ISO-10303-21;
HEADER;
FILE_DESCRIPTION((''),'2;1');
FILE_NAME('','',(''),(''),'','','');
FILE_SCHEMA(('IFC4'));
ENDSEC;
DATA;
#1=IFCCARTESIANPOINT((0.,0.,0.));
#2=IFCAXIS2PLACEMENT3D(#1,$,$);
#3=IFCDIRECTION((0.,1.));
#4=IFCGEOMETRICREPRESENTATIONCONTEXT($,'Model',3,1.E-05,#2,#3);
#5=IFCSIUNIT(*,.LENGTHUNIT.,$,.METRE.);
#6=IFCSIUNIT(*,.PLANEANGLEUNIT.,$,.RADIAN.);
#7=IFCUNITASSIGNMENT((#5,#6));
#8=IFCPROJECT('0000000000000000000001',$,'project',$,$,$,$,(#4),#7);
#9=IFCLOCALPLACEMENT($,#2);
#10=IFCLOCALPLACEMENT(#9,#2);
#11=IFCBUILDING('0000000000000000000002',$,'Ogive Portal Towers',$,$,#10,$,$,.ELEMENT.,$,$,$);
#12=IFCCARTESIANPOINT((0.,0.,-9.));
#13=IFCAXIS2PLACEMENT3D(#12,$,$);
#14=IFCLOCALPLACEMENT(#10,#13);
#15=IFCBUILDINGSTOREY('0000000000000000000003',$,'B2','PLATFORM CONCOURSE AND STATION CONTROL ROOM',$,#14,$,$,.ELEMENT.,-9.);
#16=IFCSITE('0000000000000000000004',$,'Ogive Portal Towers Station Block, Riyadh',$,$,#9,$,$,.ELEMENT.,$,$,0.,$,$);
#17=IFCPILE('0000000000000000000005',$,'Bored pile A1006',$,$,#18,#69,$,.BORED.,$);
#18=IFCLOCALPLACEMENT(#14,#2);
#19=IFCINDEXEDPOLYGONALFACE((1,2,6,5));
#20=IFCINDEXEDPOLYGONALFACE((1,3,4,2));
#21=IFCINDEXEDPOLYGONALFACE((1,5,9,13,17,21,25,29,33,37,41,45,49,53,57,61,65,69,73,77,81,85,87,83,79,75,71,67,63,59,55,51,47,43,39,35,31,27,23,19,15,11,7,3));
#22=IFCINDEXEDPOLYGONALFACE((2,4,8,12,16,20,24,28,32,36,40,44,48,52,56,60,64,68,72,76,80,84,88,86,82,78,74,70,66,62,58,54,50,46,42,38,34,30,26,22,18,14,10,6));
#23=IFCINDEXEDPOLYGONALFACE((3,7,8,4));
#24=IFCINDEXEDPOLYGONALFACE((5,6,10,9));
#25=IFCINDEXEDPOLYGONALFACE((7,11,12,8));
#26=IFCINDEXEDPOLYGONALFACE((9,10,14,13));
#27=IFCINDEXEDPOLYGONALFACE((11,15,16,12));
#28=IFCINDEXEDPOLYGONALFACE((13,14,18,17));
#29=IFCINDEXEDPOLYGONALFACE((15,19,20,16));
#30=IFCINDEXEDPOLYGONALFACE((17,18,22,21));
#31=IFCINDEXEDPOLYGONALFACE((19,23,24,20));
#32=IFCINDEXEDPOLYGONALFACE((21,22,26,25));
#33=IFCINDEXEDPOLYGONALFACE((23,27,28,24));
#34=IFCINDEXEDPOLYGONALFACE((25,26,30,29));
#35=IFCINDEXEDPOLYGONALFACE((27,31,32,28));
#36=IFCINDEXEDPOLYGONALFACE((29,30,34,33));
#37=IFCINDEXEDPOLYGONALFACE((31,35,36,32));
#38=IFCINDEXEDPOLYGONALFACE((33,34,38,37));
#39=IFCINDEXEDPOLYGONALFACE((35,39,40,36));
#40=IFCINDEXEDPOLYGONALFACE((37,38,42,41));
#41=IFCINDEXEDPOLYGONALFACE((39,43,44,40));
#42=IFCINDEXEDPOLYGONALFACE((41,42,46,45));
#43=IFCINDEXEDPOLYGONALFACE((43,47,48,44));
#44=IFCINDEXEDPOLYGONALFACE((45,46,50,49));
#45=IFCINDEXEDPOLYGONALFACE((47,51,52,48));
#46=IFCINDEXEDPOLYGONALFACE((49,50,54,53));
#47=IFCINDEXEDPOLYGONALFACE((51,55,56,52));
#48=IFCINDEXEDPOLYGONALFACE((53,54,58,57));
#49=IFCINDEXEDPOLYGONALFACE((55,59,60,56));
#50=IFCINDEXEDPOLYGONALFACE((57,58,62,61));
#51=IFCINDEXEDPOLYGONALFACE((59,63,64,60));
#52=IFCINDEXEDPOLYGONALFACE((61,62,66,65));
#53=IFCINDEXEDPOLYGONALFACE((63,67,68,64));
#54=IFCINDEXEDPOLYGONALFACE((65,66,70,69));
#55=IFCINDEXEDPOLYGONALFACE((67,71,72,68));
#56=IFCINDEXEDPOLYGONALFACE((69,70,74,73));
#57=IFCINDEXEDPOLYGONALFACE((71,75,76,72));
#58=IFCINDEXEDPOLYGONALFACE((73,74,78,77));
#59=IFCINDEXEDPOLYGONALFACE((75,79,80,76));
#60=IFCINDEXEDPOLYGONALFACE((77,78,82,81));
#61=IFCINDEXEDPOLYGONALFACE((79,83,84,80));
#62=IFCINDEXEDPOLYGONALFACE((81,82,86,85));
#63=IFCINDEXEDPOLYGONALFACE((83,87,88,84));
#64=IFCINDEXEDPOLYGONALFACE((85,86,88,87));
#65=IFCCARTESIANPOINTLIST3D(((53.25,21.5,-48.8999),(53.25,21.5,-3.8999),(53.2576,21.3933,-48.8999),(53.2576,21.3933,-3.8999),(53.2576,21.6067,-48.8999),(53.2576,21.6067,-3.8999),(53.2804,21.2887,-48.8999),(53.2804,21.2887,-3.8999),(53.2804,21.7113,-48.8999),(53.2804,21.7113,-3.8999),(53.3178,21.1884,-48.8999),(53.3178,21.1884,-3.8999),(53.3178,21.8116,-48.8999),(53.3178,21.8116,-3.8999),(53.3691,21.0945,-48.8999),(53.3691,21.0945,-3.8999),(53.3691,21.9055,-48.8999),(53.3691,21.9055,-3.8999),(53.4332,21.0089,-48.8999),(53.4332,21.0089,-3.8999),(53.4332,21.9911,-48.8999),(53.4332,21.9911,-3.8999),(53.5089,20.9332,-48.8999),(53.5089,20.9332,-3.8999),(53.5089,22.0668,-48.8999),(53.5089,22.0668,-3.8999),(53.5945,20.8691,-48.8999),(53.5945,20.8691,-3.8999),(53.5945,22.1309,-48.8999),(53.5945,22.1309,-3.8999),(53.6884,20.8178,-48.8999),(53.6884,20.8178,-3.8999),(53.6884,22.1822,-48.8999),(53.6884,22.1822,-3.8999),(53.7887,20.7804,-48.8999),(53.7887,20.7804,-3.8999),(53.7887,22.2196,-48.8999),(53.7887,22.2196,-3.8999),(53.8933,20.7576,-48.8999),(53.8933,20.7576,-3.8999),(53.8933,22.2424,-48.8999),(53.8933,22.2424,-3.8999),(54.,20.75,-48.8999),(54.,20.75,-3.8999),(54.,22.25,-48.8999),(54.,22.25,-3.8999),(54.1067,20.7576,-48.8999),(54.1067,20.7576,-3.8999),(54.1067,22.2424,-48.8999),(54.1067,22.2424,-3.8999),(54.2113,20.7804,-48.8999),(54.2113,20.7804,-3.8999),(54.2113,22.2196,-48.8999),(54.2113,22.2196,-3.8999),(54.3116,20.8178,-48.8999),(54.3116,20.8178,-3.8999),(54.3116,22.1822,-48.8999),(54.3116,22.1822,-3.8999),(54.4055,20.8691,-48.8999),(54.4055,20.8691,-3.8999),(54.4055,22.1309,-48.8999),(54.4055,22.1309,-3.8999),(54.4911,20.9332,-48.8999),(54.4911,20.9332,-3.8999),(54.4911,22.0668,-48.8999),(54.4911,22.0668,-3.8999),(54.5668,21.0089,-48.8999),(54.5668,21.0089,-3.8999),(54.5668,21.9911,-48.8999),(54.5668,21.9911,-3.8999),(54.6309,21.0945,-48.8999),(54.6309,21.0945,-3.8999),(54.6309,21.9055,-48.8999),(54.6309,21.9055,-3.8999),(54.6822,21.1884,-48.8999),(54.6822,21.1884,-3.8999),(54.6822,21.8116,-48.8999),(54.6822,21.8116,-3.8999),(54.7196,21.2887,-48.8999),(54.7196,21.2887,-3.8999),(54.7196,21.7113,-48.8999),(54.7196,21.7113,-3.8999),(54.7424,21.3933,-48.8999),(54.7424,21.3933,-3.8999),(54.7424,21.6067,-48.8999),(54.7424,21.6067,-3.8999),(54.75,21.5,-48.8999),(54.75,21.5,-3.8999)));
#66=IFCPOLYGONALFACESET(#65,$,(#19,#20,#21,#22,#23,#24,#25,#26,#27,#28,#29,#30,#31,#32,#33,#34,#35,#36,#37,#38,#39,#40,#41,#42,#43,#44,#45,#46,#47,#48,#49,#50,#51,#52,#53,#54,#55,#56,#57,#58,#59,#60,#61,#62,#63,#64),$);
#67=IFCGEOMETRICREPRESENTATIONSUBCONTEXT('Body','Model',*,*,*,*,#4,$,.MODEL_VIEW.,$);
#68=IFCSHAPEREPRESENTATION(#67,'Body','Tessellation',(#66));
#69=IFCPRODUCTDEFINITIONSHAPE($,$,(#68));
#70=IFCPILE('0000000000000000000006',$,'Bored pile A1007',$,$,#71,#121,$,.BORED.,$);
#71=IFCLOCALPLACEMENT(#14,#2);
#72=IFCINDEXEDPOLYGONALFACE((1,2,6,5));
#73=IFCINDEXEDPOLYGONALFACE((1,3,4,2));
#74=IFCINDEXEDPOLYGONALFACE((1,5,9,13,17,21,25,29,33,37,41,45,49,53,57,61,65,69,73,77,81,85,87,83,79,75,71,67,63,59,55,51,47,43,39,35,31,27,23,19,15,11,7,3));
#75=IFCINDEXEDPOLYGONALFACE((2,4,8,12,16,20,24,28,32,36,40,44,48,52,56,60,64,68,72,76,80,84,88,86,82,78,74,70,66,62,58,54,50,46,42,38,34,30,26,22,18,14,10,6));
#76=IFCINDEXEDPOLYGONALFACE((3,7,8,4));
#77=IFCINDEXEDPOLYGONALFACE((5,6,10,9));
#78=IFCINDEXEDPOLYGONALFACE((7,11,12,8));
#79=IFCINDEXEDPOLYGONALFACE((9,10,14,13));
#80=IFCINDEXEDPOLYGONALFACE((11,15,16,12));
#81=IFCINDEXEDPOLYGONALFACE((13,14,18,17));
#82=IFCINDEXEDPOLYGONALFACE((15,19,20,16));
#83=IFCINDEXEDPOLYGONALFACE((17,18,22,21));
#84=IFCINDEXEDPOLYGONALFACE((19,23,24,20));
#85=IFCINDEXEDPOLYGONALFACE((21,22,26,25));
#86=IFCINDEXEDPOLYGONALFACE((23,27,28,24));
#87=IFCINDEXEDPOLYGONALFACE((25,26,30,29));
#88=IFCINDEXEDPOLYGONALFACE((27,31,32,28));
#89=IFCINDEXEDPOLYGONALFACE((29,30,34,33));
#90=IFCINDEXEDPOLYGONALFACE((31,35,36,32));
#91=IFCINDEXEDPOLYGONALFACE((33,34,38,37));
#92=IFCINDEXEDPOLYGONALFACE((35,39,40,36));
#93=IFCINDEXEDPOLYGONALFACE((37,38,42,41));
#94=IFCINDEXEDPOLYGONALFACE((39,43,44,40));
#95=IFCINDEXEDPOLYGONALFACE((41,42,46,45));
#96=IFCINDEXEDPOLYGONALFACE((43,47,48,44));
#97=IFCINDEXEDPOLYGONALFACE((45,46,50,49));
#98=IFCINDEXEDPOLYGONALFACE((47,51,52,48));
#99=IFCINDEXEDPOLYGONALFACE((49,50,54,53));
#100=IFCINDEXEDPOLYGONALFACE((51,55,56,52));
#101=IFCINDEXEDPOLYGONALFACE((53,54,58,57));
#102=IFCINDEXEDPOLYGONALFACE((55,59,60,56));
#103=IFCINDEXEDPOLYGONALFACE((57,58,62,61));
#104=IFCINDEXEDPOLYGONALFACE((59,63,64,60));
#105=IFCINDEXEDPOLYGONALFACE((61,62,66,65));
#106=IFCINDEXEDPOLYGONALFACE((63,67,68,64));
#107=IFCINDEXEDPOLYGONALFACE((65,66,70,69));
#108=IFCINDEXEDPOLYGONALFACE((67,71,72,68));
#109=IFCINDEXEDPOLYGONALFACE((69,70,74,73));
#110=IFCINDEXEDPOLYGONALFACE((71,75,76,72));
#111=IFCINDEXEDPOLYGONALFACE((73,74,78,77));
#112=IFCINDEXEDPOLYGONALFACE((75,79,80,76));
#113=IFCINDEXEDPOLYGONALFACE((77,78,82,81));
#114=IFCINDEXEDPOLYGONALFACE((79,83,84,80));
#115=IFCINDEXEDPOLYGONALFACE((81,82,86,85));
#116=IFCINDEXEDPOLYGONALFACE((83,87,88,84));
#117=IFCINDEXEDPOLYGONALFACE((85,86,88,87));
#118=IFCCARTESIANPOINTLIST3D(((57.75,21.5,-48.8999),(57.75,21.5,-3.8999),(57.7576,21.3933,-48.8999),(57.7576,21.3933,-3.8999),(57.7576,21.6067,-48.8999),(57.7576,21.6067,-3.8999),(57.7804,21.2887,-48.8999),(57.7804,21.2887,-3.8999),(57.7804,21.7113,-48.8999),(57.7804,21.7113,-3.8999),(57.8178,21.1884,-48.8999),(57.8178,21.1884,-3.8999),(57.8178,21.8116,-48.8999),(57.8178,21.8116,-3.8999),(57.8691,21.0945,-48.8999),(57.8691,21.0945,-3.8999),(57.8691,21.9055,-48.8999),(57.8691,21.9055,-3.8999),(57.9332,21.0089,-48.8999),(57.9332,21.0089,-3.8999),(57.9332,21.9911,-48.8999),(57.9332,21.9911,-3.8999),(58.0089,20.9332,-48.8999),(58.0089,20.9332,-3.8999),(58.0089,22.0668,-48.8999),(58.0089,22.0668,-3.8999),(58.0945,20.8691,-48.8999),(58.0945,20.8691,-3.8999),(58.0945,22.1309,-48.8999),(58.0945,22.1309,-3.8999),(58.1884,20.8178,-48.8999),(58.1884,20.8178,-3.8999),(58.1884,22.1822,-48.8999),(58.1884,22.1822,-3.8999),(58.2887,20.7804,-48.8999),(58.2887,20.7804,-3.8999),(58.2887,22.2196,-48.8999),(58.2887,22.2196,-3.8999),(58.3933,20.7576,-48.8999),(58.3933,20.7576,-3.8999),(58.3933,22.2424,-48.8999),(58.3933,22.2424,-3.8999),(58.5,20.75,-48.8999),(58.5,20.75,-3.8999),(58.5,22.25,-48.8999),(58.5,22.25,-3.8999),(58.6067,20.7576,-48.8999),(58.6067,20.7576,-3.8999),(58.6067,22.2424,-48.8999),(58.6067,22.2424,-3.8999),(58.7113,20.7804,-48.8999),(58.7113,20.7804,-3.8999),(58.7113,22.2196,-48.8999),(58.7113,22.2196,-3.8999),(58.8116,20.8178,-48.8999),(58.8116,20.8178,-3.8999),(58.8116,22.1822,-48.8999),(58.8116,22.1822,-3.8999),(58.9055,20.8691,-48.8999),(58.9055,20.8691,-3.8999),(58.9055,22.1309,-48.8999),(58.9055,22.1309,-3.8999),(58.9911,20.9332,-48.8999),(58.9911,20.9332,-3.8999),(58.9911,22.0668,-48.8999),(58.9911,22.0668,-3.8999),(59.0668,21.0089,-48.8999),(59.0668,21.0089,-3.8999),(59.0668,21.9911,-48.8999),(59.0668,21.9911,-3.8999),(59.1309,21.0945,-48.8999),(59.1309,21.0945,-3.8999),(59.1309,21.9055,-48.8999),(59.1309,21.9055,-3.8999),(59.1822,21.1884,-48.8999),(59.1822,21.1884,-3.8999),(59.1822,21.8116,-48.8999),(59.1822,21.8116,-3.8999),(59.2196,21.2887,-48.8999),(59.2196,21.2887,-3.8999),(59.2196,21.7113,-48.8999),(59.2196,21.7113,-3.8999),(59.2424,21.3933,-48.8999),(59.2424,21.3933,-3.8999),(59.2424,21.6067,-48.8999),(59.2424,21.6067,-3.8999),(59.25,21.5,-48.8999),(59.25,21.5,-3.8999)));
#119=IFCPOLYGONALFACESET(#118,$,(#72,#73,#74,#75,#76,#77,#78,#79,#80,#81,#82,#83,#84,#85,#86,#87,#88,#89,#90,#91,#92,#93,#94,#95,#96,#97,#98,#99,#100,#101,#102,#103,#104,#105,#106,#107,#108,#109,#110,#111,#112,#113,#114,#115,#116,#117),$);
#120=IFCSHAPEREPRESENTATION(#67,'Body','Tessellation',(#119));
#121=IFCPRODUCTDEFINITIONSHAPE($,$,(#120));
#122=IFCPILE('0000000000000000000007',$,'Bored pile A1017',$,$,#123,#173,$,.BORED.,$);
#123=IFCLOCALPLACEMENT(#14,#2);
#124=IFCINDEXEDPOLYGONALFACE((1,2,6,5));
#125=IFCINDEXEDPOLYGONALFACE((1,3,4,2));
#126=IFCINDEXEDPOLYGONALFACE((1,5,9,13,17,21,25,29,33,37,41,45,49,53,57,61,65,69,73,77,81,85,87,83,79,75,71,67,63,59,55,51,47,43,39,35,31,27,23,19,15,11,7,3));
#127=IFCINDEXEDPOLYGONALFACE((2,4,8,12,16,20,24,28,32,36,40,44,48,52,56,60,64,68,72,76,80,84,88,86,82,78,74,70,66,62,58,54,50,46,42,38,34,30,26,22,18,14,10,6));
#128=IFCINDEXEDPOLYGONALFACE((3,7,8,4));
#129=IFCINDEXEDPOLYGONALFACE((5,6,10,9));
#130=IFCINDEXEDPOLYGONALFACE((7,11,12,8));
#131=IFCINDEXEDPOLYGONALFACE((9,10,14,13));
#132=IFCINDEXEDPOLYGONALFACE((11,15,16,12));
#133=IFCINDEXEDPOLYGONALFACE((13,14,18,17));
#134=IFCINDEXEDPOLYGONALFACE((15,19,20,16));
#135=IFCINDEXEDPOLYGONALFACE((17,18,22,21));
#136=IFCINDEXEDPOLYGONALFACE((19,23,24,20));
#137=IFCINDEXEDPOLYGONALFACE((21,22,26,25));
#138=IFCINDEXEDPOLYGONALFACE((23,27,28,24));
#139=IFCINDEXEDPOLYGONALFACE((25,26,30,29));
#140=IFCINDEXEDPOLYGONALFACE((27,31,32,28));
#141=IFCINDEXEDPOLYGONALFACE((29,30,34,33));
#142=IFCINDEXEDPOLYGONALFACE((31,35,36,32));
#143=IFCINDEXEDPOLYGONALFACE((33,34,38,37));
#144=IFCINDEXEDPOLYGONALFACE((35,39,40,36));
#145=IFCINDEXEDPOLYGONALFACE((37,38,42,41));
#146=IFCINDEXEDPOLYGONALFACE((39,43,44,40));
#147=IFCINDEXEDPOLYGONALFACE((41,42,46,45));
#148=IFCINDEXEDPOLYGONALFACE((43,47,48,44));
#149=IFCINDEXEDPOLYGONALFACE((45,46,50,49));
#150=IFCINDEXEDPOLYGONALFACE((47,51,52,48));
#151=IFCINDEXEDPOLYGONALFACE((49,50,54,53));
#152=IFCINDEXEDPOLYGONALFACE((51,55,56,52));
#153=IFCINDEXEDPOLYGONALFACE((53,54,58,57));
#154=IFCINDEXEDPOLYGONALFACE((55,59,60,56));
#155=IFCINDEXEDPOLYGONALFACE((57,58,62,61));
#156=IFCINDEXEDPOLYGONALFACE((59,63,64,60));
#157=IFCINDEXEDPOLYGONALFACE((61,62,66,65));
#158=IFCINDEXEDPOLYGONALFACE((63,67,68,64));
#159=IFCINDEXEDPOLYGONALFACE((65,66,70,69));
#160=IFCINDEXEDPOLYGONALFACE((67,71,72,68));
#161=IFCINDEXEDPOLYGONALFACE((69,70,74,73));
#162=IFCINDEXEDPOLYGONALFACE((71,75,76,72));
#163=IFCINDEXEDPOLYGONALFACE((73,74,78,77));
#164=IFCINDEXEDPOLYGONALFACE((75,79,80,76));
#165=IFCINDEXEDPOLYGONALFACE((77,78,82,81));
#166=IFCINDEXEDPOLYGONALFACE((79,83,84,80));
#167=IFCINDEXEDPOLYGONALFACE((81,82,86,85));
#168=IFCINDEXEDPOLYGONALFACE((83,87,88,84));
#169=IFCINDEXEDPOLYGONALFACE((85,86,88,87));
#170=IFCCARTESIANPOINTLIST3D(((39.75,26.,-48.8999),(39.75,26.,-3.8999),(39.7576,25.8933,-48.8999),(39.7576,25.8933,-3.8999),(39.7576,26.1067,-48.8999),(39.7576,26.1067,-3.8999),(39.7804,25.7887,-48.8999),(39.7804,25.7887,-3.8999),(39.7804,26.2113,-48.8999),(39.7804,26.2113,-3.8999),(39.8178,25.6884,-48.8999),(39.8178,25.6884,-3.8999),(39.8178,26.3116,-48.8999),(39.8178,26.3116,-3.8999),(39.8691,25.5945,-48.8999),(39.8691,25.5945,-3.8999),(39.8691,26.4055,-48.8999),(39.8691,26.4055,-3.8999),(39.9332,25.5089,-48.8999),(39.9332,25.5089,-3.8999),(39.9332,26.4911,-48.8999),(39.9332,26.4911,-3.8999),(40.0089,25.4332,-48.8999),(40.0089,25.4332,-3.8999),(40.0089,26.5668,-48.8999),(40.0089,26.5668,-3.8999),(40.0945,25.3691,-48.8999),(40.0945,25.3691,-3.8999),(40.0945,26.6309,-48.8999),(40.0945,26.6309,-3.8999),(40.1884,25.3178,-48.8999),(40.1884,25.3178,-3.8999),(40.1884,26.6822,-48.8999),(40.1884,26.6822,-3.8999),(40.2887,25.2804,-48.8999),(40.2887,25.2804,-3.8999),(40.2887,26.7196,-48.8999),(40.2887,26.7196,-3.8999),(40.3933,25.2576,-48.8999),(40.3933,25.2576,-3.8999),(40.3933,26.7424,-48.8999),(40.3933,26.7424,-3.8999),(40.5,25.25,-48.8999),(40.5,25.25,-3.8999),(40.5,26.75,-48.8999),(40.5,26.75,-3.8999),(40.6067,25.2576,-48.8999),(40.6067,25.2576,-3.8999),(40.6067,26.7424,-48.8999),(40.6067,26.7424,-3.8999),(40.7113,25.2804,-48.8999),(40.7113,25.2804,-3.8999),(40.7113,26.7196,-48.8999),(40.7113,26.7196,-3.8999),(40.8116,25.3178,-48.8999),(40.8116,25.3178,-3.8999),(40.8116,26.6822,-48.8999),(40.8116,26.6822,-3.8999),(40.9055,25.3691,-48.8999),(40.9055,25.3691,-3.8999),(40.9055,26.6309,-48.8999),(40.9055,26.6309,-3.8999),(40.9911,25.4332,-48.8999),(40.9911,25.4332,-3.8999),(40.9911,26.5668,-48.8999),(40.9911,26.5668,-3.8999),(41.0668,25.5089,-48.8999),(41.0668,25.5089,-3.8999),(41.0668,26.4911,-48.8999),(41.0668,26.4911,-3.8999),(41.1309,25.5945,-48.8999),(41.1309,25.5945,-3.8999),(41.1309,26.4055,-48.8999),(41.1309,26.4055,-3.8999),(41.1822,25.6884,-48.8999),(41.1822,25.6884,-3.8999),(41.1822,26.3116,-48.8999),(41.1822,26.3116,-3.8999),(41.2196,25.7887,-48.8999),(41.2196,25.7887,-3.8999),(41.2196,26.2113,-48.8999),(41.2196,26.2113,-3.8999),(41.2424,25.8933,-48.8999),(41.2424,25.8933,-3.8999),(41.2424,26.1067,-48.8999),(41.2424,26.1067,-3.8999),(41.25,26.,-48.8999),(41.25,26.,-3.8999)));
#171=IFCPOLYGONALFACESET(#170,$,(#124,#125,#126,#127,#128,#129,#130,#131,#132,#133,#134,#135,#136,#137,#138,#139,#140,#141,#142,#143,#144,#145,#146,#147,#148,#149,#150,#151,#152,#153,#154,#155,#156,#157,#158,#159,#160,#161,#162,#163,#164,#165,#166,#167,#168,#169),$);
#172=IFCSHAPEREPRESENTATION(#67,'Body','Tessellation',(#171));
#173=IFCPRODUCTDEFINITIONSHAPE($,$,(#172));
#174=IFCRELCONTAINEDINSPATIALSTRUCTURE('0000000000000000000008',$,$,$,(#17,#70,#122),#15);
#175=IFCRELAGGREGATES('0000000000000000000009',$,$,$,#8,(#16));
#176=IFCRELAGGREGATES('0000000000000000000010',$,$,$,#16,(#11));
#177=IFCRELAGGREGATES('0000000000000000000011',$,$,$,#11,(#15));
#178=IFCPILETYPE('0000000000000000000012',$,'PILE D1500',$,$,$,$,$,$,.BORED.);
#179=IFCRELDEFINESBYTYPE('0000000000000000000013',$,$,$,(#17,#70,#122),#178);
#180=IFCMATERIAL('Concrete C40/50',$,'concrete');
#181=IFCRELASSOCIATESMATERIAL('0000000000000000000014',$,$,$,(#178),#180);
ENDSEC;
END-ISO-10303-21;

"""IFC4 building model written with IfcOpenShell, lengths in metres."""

from ifc_helpers import new_model, si_unit, direction, frame, origin, origin_2d, place, context, subcontext, project, spatial, circle, extrude, material, material_profile, profile_set, type_object, element, save


model = new_model("IFC4")

# Units and contexts
model_context = context("Model", 3, precision=1e-05, world=origin(), true_north=direction((0.0, 1.0)))
body_context = subcontext(model_context, "Body", "Model", "MODEL_VIEW")
ifc_project = project(units=[si_unit("LENGTHUNIT", "METRE"), si_unit("PLANEANGLEUNIT", "RADIAN")], contexts=[model_context])

# Site, building, storey
site_placement = place(None, origin())
site = spatial("IfcSite", under=ifc_project, at=site_placement, Name="Ogive Portal Towers Station Block, Riyadh", CompositionType="ELEMENT", RefElevation=0.0)
building_placement = place(site_placement, origin())
building = spatial("IfcBuilding", under=site, at=building_placement, Name="Ogive Portal Towers", CompositionType="ELEMENT")
storey_placement = place(building_placement, frame((0.0, 0.0, -9.0)))
storey = spatial("IfcBuildingStorey", under=building, at=storey_placement, Name="B2", Description="PLATFORM CONCOURSE AND STATION CONTROL ROOM", CompositionType="ELEMENT", Elevation=-9.0)

# Piles
ifc_material_1 = material(Name="Concrete C40/50", Category="concrete")
ifc_material_profile_1 = material_profile(ifc_material_1, circle(Radius=0.75, at=origin_2d()), Name="PILE D1500")
ifc_profile_set_1 = profile_set([ifc_material_profile_1], Name="Concrete C40/50")
pile_type = type_object("IfcPileType", Name="PILE D1500", PredefinedType="BORED", material=ifc_profile_set_1)
for number, where, z_axis, x_axis, name in (
    (1, (54.0, 21.5, -3.8999), (0.0, 0.0, -1.0), (1.0, 0.0, 0.0), "Bored pile A1006"),
    (2, (58.5, 21.5, -3.8999), (0.0, 0.0, -1.0), (1.0, 0.0, 0.0), "Bored pile A1007"),
    (3, (40.5, 26.0, -3.8999), (0.0, 0.0, -1.0), (1.0, 0.0, 0.0), "Bored pile A1017"),
):
    element("IfcPile", number, at=place(storey_placement, frame(where, z_axis=z_axis, x_axis=x_axis)), inside=storey, type_object=pile_type, Name=name, PredefinedType="BORED", context=body_context, shape_type="SweptSolid", body=[
        extrude(circle(Radius=0.75, at=origin_2d()), origin(), (0.0, 0.0, 1.0), 45.0),
    ])

save(model, "model.ifc")
